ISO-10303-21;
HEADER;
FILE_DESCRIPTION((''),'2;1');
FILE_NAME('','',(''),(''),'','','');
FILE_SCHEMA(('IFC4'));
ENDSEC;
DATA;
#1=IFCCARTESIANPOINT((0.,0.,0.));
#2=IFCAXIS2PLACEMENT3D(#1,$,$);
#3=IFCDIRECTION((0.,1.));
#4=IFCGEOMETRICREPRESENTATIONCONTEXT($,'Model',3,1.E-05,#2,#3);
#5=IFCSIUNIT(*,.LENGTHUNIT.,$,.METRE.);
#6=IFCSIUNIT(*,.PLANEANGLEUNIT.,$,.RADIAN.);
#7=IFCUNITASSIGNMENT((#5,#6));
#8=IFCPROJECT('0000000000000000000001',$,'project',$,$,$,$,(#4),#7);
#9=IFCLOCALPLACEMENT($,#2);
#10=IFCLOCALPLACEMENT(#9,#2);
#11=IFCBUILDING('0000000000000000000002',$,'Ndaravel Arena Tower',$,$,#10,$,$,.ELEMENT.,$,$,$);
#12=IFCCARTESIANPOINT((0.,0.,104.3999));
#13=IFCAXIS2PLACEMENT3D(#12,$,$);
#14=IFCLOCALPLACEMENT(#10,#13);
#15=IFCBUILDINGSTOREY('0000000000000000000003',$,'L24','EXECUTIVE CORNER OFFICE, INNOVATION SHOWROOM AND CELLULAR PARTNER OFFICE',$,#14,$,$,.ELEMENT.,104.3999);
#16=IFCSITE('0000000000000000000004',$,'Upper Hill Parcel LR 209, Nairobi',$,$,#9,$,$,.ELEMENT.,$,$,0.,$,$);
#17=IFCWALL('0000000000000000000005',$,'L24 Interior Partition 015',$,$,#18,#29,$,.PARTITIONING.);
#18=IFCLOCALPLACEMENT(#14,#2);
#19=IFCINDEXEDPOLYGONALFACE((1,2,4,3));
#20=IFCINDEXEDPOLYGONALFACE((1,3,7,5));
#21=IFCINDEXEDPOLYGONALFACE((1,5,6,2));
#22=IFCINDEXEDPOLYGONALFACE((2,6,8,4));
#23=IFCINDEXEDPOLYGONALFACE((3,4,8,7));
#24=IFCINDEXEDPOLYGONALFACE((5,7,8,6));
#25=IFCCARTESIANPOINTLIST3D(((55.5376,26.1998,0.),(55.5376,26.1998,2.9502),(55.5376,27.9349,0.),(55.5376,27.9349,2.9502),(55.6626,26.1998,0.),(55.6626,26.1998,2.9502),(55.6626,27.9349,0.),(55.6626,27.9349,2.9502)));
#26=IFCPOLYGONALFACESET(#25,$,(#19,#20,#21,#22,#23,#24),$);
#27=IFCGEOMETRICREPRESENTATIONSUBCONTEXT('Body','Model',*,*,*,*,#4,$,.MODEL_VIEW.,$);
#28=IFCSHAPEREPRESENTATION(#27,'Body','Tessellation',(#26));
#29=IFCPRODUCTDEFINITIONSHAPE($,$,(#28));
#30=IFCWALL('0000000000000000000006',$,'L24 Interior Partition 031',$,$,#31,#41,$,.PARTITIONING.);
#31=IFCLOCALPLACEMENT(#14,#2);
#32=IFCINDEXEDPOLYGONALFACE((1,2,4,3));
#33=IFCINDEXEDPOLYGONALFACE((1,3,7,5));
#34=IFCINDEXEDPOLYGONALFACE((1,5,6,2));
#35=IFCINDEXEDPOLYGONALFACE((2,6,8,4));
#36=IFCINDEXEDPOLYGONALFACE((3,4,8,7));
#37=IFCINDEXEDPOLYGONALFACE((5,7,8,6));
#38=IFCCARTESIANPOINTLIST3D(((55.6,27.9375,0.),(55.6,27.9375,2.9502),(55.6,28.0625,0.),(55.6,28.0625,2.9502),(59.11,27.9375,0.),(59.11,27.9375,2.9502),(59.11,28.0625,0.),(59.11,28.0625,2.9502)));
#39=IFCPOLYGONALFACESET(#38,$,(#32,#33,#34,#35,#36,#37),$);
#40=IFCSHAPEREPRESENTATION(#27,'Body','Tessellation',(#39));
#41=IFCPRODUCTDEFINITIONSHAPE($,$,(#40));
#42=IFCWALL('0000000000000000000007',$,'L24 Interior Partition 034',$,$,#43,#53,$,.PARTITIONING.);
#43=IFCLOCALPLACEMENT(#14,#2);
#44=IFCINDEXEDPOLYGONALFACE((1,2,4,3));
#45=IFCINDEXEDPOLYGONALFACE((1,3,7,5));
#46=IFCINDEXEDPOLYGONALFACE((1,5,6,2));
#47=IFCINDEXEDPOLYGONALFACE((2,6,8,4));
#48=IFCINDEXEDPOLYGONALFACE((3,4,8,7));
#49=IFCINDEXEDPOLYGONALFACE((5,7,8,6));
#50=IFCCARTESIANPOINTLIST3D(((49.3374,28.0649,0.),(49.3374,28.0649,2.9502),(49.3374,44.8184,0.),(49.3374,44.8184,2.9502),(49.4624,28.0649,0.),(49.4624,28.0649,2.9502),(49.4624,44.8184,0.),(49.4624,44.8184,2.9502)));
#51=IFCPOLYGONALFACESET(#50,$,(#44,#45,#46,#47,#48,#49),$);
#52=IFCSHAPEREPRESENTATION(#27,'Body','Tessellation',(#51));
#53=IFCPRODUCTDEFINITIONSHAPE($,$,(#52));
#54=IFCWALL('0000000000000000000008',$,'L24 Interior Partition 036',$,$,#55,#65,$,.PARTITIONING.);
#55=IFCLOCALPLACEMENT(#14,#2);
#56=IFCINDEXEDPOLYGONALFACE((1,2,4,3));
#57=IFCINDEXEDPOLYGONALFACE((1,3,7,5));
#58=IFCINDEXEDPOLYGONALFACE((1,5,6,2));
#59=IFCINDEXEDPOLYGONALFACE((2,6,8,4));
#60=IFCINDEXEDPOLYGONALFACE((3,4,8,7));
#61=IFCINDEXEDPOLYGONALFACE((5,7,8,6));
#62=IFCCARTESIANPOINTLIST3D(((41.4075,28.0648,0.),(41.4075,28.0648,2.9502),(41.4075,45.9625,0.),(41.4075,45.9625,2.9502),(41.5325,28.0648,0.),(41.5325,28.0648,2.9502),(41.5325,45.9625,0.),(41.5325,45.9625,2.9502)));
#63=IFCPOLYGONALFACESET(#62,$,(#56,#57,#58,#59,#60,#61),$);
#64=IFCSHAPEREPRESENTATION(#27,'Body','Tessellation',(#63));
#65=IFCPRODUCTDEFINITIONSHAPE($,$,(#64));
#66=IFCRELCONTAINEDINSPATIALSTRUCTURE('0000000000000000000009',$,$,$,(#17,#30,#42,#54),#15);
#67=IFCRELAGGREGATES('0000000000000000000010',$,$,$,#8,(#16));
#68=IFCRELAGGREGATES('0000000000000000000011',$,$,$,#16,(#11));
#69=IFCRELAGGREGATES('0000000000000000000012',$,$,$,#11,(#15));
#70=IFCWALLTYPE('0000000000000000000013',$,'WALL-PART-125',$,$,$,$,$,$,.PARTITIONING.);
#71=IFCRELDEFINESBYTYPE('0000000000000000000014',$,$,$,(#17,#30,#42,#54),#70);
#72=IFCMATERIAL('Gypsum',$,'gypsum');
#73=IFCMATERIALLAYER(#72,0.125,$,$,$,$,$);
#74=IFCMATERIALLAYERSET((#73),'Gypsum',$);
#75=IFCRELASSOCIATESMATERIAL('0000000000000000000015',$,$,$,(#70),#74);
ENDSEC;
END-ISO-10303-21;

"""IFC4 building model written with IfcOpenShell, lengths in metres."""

from ifc_helpers import new_model, si_unit, direction, frame, frame_2d, origin, place, context, subcontext, project, spatial, rectangle, extrude, material, layer, layer_set, type_object, element, save


model = new_model("IFC4")

# Units and contexts
model_context = context("Model", 3, precision=1e-05, world=origin(), true_north=direction((0.0, 1.0)))
body_context = subcontext(model_context, "Body", "Model", "MODEL_VIEW")
ifc_project = project(units=[si_unit("LENGTHUNIT", "METRE"), si_unit("PLANEANGLEUNIT", "RADIAN")], contexts=[model_context])

# Site, building, storey
site_placement = place(None, origin())
site = spatial("IfcSite", under=ifc_project, at=site_placement, Name="Upper Hill Parcel LR 209, Nairobi", CompositionType="ELEMENT", RefElevation=0.0)
building_placement = place(site_placement, origin())
building = spatial("IfcBuilding", under=site, at=building_placement, Name="Ndaravel Arena Tower", CompositionType="ELEMENT")
storey_placement = place(building_placement, frame((0.0, 0.0, 104.3999)))
storey = spatial("IfcBuildingStorey", under=building, at=storey_placement, Name="L24", Description="EXECUTIVE CORNER OFFICE, INNOVATION SHOWROOM AND CELLULAR PARTNER OFFICE", CompositionType="ELEMENT", Elevation=104.3999)

# Shared definitions
ifc_material_1 = material(Name="Gypsum", Category="gypsum")
ifc_layer_1 = layer(ifc_material_1, 0.125)
ifc_layer_set_1 = layer_set([ifc_layer_1], Name="Gypsum")
wall_type = type_object("IfcWallType", Name="WALL-PART-125", PredefinedType="PARTITIONING", material=ifc_layer_set_1)

# Walls
wall_1_placement = place(storey_placement, frame((55.6001, 27.9351, 0.0), z_axis=(0.0, 0.0, 1.0), x_axis=(0.0, -1.0, 0.0)))
element("IfcWall", 1, at=wall_1_placement, inside=storey, type_object=wall_type, Name="L24 Interior Partition 015", PredefinedType="PARTITIONING", context=body_context, shape_type="SweptSolid", body=[
    extrude(rectangle(XDim=1.7351, YDim=0.125, at=frame_2d((0.8677, 0.0))), origin(), (0.0, 0.0, 1.0), 2.9502),
])
wall_2_placement = place(storey_placement, frame((55.6001, 28.0, 0.0), z_axis=(0.0, 0.0, 1.0), x_axis=(1.0, 0.0, 0.0)))
element("IfcWall", 2, at=wall_2_placement, inside=storey, type_object=wall_type, Name="L24 Interior Partition 031", PredefinedType="PARTITIONING", context=body_context, shape_type="SweptSolid", body=[
    extrude(rectangle(XDim=3.51, YDim=0.125, at=frame_2d((1.7549, 0.0))), origin(), (0.0, 0.0, 1.0), 2.9502),
])
wall_3_placement = place(storey_placement, frame((49.3999, 28.0649, 0.0), z_axis=(0.0, 0.0, 1.0), x_axis=(0.0, 1.0, 0.0)))
element("IfcWall", 3, at=wall_3_placement, inside=storey, type_object=wall_type, Name="L24 Interior Partition 034", PredefinedType="PARTITIONING", context=body_context, shape_type="SweptSolid", body=[
    extrude(rectangle(XDim=16.7534, YDim=0.125, at=frame_2d((8.3767, 0.0))), origin(), (0.0, 0.0, 1.0), 2.9502),
])
wall_4_placement = place(storey_placement, frame((41.47, 28.0649, 0.0), z_axis=(0.0, 0.0, 1.0), x_axis=(0.0, 1.0, 0.0)))
element("IfcWall", 4, at=wall_4_placement, inside=storey, type_object=wall_type, Name="L24 Interior Partition 036", PredefinedType="PARTITIONING", context=body_context, shape_type="SweptSolid", body=[
    extrude(rectangle(XDim=17.8977, YDim=0.125, at=frame_2d((8.9487, 0.0))), origin(), (0.0, 0.0, 1.0), 2.9502),
])

save(model, "model.ifc")
